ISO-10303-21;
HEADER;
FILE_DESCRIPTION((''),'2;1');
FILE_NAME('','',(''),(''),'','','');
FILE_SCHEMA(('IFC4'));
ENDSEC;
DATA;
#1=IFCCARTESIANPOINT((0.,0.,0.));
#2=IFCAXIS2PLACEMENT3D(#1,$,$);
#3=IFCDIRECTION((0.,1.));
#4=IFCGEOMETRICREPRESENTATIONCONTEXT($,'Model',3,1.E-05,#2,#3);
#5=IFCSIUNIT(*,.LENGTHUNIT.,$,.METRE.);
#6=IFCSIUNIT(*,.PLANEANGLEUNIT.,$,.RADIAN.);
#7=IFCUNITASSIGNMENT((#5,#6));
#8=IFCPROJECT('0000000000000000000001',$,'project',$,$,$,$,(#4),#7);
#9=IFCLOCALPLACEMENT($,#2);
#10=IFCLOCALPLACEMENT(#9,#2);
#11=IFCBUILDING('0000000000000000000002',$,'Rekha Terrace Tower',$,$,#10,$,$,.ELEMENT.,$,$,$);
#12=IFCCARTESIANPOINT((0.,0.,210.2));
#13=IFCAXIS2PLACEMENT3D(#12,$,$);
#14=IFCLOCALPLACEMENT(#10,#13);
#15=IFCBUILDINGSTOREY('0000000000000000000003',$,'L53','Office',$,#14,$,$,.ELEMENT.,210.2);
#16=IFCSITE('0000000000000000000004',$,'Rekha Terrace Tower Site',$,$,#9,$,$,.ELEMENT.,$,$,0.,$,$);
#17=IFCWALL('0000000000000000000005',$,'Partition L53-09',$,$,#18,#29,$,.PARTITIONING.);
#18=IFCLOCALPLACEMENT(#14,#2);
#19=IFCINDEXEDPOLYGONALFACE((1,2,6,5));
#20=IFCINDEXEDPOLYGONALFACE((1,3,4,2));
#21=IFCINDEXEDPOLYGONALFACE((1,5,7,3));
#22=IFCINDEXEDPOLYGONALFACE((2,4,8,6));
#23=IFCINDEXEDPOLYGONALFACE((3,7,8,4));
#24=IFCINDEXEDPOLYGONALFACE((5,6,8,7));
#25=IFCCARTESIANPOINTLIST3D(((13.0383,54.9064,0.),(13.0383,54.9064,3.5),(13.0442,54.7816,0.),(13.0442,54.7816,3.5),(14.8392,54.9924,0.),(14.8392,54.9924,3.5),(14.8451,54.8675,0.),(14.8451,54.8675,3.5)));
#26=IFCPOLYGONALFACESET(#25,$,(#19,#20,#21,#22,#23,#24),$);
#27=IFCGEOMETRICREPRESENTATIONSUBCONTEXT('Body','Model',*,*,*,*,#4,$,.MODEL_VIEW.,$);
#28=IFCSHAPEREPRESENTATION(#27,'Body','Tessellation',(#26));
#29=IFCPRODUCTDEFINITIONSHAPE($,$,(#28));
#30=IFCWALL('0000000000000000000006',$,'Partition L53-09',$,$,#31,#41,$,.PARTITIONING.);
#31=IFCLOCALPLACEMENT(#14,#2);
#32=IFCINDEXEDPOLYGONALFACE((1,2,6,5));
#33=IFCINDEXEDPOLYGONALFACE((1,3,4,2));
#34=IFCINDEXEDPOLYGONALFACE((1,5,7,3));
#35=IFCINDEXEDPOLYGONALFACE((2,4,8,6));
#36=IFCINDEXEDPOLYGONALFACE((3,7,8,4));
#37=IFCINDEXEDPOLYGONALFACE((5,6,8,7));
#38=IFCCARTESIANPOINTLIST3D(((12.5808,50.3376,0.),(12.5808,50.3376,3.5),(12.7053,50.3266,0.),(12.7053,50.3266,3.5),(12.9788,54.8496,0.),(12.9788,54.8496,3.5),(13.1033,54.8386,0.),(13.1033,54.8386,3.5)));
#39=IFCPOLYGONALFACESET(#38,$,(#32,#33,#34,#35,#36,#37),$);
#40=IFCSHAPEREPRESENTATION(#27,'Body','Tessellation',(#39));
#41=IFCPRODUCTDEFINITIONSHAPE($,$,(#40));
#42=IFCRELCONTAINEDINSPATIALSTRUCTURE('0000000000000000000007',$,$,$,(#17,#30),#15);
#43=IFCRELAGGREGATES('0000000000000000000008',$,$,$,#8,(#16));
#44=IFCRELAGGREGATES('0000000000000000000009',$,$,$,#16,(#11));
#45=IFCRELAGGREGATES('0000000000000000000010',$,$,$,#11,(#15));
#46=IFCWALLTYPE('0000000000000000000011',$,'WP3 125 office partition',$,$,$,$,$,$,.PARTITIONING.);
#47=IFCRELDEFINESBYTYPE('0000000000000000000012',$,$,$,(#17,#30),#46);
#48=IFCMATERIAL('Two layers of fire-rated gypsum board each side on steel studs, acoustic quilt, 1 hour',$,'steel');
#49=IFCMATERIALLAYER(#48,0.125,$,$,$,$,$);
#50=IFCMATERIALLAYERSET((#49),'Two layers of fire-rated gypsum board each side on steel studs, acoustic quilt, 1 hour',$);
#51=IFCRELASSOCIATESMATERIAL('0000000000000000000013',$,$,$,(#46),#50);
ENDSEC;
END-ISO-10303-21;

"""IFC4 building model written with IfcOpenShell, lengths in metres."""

from ifc_helpers import new_model, si_unit, direction, frame, frame_2d, origin, place, context, subcontext, project, spatial, rectangle, extrude, material, layer, layer_set, type_object, element, save


model = new_model("IFC4")

# Units and contexts
model_context = context("Model", 3, precision=1e-05, world=origin(), true_north=direction((0.0, 1.0)))
body_context = subcontext(model_context, "Body", "Model", "MODEL_VIEW")
ifc_project = project(units=[si_unit("LENGTHUNIT", "METRE"), si_unit("PLANEANGLEUNIT", "RADIAN")], contexts=[model_context])

# Site, building, storey
site_placement = place(None, origin())
site = spatial("IfcSite", under=ifc_project, at=site_placement, Name="Rekha Terrace Tower Site", CompositionType="ELEMENT", RefElevation=0.0)
building_placement = place(site_placement, origin())
building = spatial("IfcBuilding", under=site, at=building_placement, Name="Rekha Terrace Tower", CompositionType="ELEMENT")
storey_placement = place(building_placement, frame((0.0, 0.0, 210.2)))
storey = spatial("IfcBuildingStorey", under=building, at=storey_placement, Name="L53", Description="Office", CompositionType="ELEMENT", Elevation=210.2)

# Walls
ifc_material_1 = material(Name="Two layers of fire-rated gypsum board each side on steel studs, acoustic quilt, 1 hour", Category="steel")
ifc_layer_1 = layer(ifc_material_1, 0.125)
ifc_layer_set_1 = layer_set([ifc_layer_1], Name="Two layers of fire-rated gypsum board each side on steel studs, acoustic quilt, 1 hour")
wall_type = type_object("IfcWallType", Name="WP3 125 office partition", PredefinedType="PARTITIONING", material=ifc_layer_set_1)
wall_1_placement = place(storey_placement, frame((14.842, 54.9299, 0.0), z_axis=(0.0, 0.0, 1.0), x_axis=(-0.998864, -0.047662, 0.0)))
element("IfcWall", 1, at=wall_1_placement, inside=storey, type_object=wall_type, Name="Partition L53-09", PredefinedType="PARTITIONING", context=body_context, shape_type="SweptSolid", body=[
    extrude(rectangle(XDim=1.803, YDim=0.125, at=frame_2d((0.9014, 0.0))), origin(), (0.0, 0.0, 1.0), 3.5),
])
wall_2_placement = place(storey_placement, frame((13.041, 54.844, 0.0), z_axis=(0.0, 0.0, 1.0), x_axis=(-0.087858, -0.996133, 0.0)))
element("IfcWall", 2, at=wall_2_placement, inside=storey, type_object=wall_type, Name="Partition L53-09", PredefinedType="PARTITIONING", context=body_context, shape_type="SweptSolid", body=[
    extrude(rectangle(XDim=4.5295, YDim=0.125, at=frame_2d((2.2646, 0.0))), origin(), (0.0, 0.0, 1.0), 3.5),
])

save(model, "model.ifc")
